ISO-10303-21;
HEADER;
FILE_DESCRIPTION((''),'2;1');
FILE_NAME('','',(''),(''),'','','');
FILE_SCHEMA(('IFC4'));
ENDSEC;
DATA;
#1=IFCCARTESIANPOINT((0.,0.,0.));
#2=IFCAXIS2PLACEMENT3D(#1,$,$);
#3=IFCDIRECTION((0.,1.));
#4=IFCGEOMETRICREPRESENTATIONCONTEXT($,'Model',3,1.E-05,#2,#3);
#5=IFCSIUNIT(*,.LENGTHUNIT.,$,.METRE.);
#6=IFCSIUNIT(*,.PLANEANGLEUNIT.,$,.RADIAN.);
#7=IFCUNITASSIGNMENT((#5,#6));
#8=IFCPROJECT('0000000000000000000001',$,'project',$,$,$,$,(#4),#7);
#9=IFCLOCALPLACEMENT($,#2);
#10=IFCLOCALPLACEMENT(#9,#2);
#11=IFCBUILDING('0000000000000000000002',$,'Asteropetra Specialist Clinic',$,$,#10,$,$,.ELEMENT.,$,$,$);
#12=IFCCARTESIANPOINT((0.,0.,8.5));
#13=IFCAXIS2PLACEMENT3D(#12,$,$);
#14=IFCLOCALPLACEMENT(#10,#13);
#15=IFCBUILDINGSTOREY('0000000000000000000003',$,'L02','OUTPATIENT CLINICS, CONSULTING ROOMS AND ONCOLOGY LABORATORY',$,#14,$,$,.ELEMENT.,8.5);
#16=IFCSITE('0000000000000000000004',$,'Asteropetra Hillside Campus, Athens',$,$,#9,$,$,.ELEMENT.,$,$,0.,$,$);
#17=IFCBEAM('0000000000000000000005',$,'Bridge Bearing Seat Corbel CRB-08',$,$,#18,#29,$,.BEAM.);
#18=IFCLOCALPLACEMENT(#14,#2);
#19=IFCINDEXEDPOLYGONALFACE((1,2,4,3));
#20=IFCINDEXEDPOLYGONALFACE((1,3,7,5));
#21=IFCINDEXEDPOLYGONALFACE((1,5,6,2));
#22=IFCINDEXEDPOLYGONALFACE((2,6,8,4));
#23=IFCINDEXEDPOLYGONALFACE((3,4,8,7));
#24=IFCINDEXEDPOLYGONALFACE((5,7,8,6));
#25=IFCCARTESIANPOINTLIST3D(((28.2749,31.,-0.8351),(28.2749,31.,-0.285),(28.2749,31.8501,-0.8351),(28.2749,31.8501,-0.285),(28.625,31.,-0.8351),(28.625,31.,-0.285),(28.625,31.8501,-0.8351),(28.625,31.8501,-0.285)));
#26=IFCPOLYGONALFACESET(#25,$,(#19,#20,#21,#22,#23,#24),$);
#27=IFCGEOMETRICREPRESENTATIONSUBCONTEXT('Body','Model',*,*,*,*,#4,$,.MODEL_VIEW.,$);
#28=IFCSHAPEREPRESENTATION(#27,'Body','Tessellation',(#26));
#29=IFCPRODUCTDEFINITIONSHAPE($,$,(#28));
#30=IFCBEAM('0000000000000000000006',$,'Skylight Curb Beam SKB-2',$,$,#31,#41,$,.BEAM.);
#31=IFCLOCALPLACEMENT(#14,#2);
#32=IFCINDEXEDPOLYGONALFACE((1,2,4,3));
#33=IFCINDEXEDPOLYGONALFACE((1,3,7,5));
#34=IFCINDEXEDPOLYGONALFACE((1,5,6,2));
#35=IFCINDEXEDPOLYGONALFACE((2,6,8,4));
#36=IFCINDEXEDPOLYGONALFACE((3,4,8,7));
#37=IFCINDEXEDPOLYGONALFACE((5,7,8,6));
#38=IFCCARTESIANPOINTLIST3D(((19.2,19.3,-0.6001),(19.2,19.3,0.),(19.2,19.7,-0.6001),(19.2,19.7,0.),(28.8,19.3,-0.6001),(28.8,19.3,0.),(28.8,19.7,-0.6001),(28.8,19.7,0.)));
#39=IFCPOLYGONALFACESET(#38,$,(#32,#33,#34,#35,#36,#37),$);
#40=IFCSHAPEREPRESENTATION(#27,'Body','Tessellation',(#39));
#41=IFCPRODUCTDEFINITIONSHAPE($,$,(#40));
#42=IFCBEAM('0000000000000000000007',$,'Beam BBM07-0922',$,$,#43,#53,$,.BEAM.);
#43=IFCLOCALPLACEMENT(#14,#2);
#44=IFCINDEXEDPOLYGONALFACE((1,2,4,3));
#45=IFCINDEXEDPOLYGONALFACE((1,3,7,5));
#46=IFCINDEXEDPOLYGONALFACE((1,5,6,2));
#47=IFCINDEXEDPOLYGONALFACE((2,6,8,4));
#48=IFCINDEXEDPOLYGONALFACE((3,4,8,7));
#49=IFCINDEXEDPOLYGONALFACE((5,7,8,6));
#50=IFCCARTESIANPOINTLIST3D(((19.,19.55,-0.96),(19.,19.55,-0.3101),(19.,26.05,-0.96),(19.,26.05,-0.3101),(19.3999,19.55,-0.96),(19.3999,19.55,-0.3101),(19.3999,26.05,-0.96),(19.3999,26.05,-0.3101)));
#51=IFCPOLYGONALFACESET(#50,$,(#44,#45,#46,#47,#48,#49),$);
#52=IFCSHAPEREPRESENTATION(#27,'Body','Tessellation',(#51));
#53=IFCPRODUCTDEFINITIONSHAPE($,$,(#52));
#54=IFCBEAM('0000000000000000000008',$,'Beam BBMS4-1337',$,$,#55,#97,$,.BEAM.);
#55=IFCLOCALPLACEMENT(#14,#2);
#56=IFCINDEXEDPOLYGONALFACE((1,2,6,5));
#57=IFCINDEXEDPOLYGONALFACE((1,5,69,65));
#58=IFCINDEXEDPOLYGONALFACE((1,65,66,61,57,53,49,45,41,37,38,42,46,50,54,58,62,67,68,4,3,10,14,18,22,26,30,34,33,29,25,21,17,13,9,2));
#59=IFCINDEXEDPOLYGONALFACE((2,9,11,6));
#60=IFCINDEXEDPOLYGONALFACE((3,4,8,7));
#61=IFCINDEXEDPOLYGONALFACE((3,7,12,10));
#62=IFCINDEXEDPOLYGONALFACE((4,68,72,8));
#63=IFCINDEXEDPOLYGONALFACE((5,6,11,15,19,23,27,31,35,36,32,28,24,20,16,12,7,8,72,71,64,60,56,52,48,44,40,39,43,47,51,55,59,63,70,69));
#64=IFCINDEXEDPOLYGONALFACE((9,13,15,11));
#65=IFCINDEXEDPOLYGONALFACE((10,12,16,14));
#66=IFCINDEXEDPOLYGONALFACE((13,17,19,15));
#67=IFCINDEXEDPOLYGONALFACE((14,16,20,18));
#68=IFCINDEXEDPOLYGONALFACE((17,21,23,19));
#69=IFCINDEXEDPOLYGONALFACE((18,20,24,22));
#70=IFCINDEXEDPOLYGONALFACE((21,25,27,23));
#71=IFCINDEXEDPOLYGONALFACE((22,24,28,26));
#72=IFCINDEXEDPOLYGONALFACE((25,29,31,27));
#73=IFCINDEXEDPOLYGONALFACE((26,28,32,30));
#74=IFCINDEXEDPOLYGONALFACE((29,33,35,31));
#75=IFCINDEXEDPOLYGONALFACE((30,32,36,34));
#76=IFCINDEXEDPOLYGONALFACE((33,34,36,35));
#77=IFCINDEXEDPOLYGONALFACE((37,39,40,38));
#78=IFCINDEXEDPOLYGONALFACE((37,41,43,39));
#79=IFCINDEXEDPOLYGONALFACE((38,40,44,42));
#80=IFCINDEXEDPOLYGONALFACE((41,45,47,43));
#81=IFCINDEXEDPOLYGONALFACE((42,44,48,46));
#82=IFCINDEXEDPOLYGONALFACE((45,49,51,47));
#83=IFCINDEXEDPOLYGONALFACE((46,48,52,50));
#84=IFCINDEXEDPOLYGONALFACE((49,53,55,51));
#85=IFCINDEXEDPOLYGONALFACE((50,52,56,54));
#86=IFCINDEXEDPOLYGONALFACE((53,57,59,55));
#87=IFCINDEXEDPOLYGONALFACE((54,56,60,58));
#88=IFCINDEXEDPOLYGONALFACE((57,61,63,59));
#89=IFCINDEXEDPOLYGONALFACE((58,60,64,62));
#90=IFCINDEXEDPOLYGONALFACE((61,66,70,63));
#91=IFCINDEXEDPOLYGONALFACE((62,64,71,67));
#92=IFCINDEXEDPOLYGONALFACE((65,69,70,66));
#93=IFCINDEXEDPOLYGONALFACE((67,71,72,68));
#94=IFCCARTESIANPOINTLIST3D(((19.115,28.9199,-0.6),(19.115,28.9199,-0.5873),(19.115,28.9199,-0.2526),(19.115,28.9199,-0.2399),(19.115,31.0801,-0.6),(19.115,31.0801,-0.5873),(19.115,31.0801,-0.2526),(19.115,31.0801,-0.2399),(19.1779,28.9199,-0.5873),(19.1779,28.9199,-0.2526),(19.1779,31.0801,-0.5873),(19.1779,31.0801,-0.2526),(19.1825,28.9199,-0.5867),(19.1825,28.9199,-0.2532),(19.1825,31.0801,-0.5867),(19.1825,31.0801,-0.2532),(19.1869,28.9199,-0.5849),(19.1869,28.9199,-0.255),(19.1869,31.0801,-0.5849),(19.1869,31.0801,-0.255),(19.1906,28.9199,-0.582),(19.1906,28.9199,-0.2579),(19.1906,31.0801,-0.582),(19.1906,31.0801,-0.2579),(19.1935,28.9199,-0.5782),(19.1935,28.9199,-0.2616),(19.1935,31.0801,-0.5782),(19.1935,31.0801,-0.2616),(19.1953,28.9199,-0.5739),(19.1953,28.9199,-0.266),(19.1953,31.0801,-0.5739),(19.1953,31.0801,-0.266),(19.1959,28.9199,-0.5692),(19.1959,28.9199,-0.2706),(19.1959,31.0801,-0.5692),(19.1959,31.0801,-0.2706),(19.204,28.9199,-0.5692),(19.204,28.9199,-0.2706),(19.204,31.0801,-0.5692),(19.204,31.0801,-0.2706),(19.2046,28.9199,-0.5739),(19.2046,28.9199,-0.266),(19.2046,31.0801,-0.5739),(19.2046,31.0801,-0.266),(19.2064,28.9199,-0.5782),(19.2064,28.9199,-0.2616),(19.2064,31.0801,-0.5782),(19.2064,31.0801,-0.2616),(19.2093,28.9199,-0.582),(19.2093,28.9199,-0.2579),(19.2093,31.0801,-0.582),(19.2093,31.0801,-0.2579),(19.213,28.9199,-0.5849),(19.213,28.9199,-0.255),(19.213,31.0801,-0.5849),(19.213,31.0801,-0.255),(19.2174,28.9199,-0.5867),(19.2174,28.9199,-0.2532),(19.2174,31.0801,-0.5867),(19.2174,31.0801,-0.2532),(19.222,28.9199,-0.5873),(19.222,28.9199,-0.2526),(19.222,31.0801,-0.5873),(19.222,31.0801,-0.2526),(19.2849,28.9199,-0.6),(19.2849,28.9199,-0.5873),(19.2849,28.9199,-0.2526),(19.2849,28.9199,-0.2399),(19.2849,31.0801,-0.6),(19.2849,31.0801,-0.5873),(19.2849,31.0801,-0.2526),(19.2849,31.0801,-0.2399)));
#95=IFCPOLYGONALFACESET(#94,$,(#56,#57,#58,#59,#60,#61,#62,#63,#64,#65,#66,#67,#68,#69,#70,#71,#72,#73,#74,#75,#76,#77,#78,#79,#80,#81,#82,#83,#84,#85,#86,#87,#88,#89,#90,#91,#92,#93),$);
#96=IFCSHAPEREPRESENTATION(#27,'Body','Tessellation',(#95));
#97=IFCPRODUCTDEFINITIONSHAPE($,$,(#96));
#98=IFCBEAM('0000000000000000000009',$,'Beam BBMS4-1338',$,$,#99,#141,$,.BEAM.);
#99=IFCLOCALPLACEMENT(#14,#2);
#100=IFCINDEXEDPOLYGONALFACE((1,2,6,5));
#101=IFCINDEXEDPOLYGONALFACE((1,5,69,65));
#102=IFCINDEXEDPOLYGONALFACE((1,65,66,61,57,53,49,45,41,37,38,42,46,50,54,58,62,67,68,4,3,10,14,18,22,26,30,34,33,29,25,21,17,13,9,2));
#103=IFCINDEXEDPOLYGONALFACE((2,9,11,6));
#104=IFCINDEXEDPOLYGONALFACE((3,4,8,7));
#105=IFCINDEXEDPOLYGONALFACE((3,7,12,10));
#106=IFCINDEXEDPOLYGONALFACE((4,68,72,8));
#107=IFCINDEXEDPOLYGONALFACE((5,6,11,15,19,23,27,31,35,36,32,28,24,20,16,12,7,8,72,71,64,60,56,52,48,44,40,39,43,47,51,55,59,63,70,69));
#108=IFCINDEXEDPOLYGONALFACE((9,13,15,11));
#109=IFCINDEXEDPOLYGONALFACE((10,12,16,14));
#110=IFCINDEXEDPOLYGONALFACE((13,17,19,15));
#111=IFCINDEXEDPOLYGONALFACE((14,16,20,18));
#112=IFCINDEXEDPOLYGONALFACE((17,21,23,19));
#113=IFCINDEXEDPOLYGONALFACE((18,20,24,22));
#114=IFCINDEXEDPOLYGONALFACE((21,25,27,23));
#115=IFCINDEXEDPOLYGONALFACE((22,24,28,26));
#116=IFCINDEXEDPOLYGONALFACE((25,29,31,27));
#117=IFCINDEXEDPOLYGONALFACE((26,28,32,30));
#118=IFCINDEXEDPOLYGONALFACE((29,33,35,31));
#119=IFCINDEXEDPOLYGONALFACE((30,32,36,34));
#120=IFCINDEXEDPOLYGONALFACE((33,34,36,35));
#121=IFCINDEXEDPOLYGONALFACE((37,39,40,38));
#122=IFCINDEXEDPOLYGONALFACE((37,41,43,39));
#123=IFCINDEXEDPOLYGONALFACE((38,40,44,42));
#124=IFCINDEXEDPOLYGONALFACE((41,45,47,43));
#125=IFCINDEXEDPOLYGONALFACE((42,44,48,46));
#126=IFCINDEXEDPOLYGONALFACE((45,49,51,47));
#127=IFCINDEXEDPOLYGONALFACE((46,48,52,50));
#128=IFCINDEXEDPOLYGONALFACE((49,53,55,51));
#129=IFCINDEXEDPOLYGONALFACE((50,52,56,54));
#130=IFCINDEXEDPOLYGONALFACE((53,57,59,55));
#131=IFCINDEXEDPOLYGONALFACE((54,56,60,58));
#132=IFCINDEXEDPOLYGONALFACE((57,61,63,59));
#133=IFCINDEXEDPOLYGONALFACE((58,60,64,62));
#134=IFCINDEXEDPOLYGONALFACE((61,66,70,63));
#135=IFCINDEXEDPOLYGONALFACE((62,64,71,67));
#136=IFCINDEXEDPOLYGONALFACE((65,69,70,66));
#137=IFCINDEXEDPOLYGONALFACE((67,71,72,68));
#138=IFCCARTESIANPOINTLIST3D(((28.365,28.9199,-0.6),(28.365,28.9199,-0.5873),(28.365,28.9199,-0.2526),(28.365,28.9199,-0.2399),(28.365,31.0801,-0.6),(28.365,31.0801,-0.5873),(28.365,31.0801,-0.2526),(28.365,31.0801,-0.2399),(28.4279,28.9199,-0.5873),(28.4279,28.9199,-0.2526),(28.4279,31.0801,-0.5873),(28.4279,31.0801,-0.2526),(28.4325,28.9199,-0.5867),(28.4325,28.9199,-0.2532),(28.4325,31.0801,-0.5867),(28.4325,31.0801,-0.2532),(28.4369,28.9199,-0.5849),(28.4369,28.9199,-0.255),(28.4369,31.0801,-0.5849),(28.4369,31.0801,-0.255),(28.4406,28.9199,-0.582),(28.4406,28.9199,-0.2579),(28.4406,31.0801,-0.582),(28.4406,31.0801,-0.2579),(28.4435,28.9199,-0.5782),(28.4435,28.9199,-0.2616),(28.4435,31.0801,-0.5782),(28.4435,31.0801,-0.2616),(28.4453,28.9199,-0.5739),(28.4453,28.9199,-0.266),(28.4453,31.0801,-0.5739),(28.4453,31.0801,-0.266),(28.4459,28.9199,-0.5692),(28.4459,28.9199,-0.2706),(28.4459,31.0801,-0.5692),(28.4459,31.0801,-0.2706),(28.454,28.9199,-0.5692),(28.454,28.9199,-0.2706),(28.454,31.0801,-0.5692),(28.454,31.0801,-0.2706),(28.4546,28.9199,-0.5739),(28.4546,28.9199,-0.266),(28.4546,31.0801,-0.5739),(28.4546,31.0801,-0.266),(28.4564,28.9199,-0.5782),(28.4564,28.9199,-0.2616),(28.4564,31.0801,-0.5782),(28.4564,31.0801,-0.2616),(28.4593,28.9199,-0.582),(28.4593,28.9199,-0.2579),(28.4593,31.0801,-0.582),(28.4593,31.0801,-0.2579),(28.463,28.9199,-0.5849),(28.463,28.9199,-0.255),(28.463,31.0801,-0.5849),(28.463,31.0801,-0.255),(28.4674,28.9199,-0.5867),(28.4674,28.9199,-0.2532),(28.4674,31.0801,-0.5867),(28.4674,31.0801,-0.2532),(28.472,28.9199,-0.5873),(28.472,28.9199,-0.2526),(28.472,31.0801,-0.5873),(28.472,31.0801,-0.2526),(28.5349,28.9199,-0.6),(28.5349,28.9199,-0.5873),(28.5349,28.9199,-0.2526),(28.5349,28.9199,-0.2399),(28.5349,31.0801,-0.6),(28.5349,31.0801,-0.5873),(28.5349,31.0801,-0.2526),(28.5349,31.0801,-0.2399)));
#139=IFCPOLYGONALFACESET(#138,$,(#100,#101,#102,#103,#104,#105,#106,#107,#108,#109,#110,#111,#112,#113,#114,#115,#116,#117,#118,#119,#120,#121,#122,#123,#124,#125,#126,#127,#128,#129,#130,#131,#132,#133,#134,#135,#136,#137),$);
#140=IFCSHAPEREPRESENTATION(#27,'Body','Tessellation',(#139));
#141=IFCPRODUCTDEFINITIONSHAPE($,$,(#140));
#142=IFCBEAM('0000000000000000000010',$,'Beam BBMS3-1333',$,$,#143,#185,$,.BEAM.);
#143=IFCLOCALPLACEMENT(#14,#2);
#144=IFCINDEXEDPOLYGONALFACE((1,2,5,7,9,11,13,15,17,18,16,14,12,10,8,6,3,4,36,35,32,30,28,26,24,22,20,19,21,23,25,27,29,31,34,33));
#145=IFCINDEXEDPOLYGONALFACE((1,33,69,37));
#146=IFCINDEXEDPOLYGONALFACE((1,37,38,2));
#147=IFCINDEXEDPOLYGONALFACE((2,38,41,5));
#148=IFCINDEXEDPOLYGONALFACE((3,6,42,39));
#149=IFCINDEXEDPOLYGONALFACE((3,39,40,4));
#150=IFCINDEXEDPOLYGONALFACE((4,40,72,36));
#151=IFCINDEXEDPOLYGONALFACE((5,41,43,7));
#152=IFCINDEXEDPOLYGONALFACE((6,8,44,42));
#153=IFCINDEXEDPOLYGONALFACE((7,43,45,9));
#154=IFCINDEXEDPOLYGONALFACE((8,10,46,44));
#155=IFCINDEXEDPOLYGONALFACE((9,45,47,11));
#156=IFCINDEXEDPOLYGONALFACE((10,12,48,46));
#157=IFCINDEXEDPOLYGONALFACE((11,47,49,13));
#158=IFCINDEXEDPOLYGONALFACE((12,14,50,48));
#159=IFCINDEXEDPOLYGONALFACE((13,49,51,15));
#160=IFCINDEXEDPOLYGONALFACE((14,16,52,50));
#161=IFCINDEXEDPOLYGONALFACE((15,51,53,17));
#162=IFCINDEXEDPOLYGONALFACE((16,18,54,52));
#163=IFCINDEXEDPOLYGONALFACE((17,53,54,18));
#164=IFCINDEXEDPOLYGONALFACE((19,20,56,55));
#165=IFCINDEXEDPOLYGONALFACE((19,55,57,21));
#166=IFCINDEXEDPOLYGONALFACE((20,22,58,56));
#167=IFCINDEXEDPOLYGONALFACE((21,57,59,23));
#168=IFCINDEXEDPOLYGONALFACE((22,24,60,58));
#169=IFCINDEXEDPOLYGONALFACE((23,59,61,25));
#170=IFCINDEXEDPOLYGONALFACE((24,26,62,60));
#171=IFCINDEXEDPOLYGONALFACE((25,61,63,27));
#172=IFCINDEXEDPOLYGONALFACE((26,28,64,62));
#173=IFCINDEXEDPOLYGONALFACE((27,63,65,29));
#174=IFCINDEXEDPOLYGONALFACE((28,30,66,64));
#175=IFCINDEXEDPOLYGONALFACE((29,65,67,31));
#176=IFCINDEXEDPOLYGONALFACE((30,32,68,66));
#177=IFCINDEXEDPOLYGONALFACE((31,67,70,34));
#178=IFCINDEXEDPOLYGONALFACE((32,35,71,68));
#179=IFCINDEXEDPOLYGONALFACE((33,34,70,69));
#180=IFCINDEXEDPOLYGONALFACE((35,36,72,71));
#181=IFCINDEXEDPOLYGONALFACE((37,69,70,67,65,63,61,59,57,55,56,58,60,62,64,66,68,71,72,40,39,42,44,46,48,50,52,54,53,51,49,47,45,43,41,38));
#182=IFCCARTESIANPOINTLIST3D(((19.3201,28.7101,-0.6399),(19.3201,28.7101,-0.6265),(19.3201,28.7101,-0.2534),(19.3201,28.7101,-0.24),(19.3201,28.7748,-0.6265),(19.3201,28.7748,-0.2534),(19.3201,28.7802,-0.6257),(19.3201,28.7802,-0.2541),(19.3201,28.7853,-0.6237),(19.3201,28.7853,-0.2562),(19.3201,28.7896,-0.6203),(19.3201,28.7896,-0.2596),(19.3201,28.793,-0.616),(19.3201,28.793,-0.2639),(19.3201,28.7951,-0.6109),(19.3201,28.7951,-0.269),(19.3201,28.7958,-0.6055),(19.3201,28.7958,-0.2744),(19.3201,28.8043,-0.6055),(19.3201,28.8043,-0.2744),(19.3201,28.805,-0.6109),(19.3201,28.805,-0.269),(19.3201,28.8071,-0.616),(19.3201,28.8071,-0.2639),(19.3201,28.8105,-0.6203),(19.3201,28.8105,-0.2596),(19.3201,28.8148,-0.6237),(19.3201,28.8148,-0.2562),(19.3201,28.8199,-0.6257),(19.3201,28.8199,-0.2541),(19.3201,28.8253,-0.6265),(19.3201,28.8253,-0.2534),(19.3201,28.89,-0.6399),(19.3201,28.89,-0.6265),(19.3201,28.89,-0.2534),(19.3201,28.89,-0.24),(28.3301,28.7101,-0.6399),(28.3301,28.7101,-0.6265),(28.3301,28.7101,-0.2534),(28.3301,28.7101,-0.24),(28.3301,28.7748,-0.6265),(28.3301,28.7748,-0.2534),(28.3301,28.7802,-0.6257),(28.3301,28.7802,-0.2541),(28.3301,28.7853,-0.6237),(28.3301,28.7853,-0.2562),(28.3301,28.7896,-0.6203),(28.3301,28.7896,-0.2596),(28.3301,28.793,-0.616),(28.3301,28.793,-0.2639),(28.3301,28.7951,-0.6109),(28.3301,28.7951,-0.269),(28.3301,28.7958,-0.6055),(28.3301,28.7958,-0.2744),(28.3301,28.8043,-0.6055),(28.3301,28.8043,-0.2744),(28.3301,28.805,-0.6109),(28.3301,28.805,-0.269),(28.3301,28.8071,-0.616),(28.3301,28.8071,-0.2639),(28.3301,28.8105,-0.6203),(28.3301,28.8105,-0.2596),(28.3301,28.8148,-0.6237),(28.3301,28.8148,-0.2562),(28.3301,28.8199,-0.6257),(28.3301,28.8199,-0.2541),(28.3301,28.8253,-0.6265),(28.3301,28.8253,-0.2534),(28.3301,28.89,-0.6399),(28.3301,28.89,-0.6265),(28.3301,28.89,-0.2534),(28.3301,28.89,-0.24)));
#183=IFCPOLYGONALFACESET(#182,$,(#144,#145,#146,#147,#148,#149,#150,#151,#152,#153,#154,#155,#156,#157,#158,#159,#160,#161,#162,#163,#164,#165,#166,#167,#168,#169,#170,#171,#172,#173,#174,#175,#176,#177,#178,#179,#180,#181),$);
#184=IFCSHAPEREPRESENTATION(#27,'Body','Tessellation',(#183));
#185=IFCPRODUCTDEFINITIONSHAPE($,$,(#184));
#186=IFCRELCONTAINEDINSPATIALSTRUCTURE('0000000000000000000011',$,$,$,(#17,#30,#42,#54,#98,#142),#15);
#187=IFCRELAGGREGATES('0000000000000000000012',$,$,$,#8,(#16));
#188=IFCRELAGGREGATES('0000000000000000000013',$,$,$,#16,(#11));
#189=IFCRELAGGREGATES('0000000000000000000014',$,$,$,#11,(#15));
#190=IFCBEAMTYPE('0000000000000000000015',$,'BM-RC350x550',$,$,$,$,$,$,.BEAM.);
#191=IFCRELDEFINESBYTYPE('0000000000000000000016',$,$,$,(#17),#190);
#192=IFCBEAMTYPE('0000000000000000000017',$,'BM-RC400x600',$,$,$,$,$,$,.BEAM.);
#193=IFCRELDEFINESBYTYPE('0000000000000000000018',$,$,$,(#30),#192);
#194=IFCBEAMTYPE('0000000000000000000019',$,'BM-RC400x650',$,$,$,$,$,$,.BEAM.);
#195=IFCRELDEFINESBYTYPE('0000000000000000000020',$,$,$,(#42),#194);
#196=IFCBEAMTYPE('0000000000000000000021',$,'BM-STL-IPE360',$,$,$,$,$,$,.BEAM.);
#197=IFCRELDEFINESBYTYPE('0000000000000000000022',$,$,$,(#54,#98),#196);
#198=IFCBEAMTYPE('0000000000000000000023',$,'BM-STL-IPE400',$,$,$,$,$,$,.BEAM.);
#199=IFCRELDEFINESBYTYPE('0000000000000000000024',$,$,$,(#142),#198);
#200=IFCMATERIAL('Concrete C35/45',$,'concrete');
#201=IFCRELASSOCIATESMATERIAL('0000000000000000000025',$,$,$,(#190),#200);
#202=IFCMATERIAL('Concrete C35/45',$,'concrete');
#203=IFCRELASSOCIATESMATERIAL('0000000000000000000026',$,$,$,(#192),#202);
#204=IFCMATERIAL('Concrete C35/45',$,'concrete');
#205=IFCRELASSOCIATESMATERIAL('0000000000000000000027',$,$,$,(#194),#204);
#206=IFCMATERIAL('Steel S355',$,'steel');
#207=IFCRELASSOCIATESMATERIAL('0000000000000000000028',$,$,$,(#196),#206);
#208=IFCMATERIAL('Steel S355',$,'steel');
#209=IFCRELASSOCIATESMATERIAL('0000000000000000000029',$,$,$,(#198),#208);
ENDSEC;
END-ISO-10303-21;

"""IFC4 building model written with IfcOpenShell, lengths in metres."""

from ifc_helpers import new_model, si_unit, direction, frame, origin, origin_2d, place, context, subcontext, project, spatial, rectangle, i_section, extrude, material, material_profile, profile_set, type_object, element, save


model = new_model("IFC4")

# Units and contexts
model_context = context("Model", 3, precision=1e-05, world=origin(), true_north=direction((0.0, 1.0)))
body_context = subcontext(model_context, "Body", "Model", "MODEL_VIEW")
ifc_project = project(units=[si_unit("LENGTHUNIT", "METRE"), si_unit("PLANEANGLEUNIT", "RADIAN")], contexts=[model_context])

# Site, building, storey
site_placement = place(None, origin())
site = spatial("IfcSite", under=ifc_project, at=site_placement, Name="Asteropetra Hillside Campus, Athens", CompositionType="ELEMENT", RefElevation=0.0)
building_placement = place(site_placement, origin())
building = spatial("IfcBuilding", under=site, at=building_placement, Name="Asteropetra Specialist Clinic", CompositionType="ELEMENT")
storey_placement = place(building_placement, frame((0.0, 0.0, 8.5)))
storey = spatial("IfcBuildingStorey", under=building, at=storey_placement, Name="L02", Description="OUTPATIENT CLINICS, CONSULTING ROOMS AND ONCOLOGY LABORATORY", CompositionType="ELEMENT", Elevation=8.5)

# Beams
ifc_material_1 = material(Name="Concrete C35/45", Category="concrete")
ifc_material_profile_1 = material_profile(ifc_material_1, rectangle(XDim=0.3501, YDim=0.55, at=origin_2d()), Name="RCB 350x550")
ifc_profile_set_1 = profile_set([ifc_material_profile_1], Name="Concrete C35/45")
beam_type_1 = type_object("IfcBeamType", Name="BM-RC350x550", PredefinedType="BEAM", material=ifc_profile_set_1)
for number, where, z_axis, x_axis, name in (
    (1, (28.45, 31.0, -0.5601), (0.0, 1.0, 0.0), (-1.0, 0.0, 0.0), "Bridge Bearing Seat Corbel CRB-08"),
):
    element("IfcBeam", number, at=place(storey_placement, frame(where, z_axis=z_axis, x_axis=x_axis)), inside=storey, type_object=beam_type_1, Name=name, PredefinedType="BEAM", context=body_context, shape_type="SweptSolid", body=[
        extrude(rectangle(XDim=0.3501, YDim=0.55, at=origin_2d()), origin(), (0.0, 0.0, 1.0), 0.8501),
    ])
ifc_material_2 = material(Name="Concrete C35/45", Category="concrete")
ifc_material_profile_2 = material_profile(ifc_material_2, rectangle(XDim=0.3999, YDim=0.6001, at=origin_2d()), Name="RCB 400x600")
ifc_profile_set_2 = profile_set([ifc_material_profile_2], Name="Concrete C35/45")
beam_type_2 = type_object("IfcBeamType", Name="BM-RC400x600", PredefinedType="BEAM", material=ifc_profile_set_2)
beam_1_placement = place(storey_placement, frame((19.2, 19.5, -0.3), z_axis=(1.0, 0.0, 0.0), x_axis=(0.0, 1.0, 0.0)))
element("IfcBeam", 2, at=beam_1_placement, inside=storey, type_object=beam_type_2, Name="Skylight Curb Beam SKB-2", PredefinedType="BEAM", context=body_context, shape_type="SweptSolid", body=[
    extrude(rectangle(XDim=0.3999, YDim=0.6001, at=origin_2d()), origin(), (0.0, 0.0, 1.0), 9.6001),
])
ifc_material_3 = material(Name="Concrete C35/45", Category="concrete")
ifc_material_profile_3 = material_profile(ifc_material_3, rectangle(XDim=0.3999, YDim=0.6499, at=origin_2d()), Name="RCB 400x650")
ifc_profile_set_3 = profile_set([ifc_material_profile_3], Name="Concrete C35/45")
beam_type_3 = type_object("IfcBeamType", Name="BM-RC400x650", PredefinedType="BEAM", material=ifc_profile_set_3)
beam_2_placement = place(storey_placement, frame((19.2, 19.55, -0.635), z_axis=(0.0, 1.0, 0.0), x_axis=(-1.0, 0.0, 0.0)))
element("IfcBeam", 3, at=beam_2_placement, inside=storey, type_object=beam_type_3, Name="Beam BBM07-0922", PredefinedType="BEAM", context=body_context, shape_type="SweptSolid", body=[
    extrude(rectangle(XDim=0.3999, YDim=0.6499, at=origin_2d()), origin(), (0.0, 0.0, 1.0), 6.5),
])
ifc_material_4 = material(Name="Steel S355", Category="steel")
ifc_material_profile_4 = material_profile(ifc_material_4, i_section(OverallWidth=0.1699, OverallDepth=0.3601, WebThickness=0.0081, FlangeThickness=0.0127, FilletRadius=0.0181, at=origin_2d()), Name="IPE 360")
ifc_profile_set_4 = profile_set([ifc_material_profile_4], Name="Steel S355")
beam_type_4 = type_object("IfcBeamType", Name="BM-STL-IPE360", PredefinedType="BEAM", material=ifc_profile_set_4)
for number, where, z_axis, x_axis, name in (
    (4, (19.2, 28.9199, -0.4199), (0.0, 1.0, 0.0), (-1.0, 0.0, 0.0), "Beam BBMS4-1337"),
    (5, (28.45, 28.9199, -0.4199), (0.0, 1.0, 0.0), (-1.0, 0.0, 0.0), "Beam BBMS4-1338"),
):
    element("IfcBeam", number, at=place(storey_placement, frame(where, z_axis=z_axis, x_axis=x_axis)), inside=storey, type_object=beam_type_4, Name=name, PredefinedType="BEAM", context=body_context, shape_type="SweptSolid", body=[
        extrude(i_section(OverallWidth=0.1699, OverallDepth=0.3601, WebThickness=0.0081, FlangeThickness=0.0127, FilletRadius=0.0181, at=origin_2d()), origin(), (0.0, 0.0, 1.0), 2.1602),
    ])
ifc_material_5 = material(Name="Steel S355", Category="steel")
ifc_material_profile_5 = material_profile(ifc_material_5, i_section(OverallWidth=0.1799, OverallDepth=0.3999, WebThickness=0.0085, FlangeThickness=0.0134, FilletRadius=0.021, at=origin_2d()), Name="IPE 400")
ifc_profile_set_5 = profile_set([ifc_material_profile_5], Name="Steel S355")
beam_type_5 = type_object("IfcBeamType", Name="BM-STL-IPE400", PredefinedType="BEAM", material=ifc_profile_set_5)
for number, where, z_axis, x_axis, name in (
    (6, (19.3201, 28.8, -0.4399), (1.0, 0.0, 0.0), (0.0, 1.0, 0.0), "Beam BBMS3-1333"),
):
    element("IfcBeam", number, at=place(storey_placement, frame(where, z_axis=z_axis, x_axis=x_axis)), inside=storey, type_object=beam_type_5, Name=name, PredefinedType="BEAM", context=body_context, shape_type="SweptSolid", body=[
        extrude(i_section(OverallWidth=0.1799, OverallDepth=0.3999, WebThickness=0.0085, FlangeThickness=0.0134, FilletRadius=0.021, at=origin_2d()), origin(), (0.0, 0.0, 1.0), 9.01),
    ])

save(model, "model.ifc")
